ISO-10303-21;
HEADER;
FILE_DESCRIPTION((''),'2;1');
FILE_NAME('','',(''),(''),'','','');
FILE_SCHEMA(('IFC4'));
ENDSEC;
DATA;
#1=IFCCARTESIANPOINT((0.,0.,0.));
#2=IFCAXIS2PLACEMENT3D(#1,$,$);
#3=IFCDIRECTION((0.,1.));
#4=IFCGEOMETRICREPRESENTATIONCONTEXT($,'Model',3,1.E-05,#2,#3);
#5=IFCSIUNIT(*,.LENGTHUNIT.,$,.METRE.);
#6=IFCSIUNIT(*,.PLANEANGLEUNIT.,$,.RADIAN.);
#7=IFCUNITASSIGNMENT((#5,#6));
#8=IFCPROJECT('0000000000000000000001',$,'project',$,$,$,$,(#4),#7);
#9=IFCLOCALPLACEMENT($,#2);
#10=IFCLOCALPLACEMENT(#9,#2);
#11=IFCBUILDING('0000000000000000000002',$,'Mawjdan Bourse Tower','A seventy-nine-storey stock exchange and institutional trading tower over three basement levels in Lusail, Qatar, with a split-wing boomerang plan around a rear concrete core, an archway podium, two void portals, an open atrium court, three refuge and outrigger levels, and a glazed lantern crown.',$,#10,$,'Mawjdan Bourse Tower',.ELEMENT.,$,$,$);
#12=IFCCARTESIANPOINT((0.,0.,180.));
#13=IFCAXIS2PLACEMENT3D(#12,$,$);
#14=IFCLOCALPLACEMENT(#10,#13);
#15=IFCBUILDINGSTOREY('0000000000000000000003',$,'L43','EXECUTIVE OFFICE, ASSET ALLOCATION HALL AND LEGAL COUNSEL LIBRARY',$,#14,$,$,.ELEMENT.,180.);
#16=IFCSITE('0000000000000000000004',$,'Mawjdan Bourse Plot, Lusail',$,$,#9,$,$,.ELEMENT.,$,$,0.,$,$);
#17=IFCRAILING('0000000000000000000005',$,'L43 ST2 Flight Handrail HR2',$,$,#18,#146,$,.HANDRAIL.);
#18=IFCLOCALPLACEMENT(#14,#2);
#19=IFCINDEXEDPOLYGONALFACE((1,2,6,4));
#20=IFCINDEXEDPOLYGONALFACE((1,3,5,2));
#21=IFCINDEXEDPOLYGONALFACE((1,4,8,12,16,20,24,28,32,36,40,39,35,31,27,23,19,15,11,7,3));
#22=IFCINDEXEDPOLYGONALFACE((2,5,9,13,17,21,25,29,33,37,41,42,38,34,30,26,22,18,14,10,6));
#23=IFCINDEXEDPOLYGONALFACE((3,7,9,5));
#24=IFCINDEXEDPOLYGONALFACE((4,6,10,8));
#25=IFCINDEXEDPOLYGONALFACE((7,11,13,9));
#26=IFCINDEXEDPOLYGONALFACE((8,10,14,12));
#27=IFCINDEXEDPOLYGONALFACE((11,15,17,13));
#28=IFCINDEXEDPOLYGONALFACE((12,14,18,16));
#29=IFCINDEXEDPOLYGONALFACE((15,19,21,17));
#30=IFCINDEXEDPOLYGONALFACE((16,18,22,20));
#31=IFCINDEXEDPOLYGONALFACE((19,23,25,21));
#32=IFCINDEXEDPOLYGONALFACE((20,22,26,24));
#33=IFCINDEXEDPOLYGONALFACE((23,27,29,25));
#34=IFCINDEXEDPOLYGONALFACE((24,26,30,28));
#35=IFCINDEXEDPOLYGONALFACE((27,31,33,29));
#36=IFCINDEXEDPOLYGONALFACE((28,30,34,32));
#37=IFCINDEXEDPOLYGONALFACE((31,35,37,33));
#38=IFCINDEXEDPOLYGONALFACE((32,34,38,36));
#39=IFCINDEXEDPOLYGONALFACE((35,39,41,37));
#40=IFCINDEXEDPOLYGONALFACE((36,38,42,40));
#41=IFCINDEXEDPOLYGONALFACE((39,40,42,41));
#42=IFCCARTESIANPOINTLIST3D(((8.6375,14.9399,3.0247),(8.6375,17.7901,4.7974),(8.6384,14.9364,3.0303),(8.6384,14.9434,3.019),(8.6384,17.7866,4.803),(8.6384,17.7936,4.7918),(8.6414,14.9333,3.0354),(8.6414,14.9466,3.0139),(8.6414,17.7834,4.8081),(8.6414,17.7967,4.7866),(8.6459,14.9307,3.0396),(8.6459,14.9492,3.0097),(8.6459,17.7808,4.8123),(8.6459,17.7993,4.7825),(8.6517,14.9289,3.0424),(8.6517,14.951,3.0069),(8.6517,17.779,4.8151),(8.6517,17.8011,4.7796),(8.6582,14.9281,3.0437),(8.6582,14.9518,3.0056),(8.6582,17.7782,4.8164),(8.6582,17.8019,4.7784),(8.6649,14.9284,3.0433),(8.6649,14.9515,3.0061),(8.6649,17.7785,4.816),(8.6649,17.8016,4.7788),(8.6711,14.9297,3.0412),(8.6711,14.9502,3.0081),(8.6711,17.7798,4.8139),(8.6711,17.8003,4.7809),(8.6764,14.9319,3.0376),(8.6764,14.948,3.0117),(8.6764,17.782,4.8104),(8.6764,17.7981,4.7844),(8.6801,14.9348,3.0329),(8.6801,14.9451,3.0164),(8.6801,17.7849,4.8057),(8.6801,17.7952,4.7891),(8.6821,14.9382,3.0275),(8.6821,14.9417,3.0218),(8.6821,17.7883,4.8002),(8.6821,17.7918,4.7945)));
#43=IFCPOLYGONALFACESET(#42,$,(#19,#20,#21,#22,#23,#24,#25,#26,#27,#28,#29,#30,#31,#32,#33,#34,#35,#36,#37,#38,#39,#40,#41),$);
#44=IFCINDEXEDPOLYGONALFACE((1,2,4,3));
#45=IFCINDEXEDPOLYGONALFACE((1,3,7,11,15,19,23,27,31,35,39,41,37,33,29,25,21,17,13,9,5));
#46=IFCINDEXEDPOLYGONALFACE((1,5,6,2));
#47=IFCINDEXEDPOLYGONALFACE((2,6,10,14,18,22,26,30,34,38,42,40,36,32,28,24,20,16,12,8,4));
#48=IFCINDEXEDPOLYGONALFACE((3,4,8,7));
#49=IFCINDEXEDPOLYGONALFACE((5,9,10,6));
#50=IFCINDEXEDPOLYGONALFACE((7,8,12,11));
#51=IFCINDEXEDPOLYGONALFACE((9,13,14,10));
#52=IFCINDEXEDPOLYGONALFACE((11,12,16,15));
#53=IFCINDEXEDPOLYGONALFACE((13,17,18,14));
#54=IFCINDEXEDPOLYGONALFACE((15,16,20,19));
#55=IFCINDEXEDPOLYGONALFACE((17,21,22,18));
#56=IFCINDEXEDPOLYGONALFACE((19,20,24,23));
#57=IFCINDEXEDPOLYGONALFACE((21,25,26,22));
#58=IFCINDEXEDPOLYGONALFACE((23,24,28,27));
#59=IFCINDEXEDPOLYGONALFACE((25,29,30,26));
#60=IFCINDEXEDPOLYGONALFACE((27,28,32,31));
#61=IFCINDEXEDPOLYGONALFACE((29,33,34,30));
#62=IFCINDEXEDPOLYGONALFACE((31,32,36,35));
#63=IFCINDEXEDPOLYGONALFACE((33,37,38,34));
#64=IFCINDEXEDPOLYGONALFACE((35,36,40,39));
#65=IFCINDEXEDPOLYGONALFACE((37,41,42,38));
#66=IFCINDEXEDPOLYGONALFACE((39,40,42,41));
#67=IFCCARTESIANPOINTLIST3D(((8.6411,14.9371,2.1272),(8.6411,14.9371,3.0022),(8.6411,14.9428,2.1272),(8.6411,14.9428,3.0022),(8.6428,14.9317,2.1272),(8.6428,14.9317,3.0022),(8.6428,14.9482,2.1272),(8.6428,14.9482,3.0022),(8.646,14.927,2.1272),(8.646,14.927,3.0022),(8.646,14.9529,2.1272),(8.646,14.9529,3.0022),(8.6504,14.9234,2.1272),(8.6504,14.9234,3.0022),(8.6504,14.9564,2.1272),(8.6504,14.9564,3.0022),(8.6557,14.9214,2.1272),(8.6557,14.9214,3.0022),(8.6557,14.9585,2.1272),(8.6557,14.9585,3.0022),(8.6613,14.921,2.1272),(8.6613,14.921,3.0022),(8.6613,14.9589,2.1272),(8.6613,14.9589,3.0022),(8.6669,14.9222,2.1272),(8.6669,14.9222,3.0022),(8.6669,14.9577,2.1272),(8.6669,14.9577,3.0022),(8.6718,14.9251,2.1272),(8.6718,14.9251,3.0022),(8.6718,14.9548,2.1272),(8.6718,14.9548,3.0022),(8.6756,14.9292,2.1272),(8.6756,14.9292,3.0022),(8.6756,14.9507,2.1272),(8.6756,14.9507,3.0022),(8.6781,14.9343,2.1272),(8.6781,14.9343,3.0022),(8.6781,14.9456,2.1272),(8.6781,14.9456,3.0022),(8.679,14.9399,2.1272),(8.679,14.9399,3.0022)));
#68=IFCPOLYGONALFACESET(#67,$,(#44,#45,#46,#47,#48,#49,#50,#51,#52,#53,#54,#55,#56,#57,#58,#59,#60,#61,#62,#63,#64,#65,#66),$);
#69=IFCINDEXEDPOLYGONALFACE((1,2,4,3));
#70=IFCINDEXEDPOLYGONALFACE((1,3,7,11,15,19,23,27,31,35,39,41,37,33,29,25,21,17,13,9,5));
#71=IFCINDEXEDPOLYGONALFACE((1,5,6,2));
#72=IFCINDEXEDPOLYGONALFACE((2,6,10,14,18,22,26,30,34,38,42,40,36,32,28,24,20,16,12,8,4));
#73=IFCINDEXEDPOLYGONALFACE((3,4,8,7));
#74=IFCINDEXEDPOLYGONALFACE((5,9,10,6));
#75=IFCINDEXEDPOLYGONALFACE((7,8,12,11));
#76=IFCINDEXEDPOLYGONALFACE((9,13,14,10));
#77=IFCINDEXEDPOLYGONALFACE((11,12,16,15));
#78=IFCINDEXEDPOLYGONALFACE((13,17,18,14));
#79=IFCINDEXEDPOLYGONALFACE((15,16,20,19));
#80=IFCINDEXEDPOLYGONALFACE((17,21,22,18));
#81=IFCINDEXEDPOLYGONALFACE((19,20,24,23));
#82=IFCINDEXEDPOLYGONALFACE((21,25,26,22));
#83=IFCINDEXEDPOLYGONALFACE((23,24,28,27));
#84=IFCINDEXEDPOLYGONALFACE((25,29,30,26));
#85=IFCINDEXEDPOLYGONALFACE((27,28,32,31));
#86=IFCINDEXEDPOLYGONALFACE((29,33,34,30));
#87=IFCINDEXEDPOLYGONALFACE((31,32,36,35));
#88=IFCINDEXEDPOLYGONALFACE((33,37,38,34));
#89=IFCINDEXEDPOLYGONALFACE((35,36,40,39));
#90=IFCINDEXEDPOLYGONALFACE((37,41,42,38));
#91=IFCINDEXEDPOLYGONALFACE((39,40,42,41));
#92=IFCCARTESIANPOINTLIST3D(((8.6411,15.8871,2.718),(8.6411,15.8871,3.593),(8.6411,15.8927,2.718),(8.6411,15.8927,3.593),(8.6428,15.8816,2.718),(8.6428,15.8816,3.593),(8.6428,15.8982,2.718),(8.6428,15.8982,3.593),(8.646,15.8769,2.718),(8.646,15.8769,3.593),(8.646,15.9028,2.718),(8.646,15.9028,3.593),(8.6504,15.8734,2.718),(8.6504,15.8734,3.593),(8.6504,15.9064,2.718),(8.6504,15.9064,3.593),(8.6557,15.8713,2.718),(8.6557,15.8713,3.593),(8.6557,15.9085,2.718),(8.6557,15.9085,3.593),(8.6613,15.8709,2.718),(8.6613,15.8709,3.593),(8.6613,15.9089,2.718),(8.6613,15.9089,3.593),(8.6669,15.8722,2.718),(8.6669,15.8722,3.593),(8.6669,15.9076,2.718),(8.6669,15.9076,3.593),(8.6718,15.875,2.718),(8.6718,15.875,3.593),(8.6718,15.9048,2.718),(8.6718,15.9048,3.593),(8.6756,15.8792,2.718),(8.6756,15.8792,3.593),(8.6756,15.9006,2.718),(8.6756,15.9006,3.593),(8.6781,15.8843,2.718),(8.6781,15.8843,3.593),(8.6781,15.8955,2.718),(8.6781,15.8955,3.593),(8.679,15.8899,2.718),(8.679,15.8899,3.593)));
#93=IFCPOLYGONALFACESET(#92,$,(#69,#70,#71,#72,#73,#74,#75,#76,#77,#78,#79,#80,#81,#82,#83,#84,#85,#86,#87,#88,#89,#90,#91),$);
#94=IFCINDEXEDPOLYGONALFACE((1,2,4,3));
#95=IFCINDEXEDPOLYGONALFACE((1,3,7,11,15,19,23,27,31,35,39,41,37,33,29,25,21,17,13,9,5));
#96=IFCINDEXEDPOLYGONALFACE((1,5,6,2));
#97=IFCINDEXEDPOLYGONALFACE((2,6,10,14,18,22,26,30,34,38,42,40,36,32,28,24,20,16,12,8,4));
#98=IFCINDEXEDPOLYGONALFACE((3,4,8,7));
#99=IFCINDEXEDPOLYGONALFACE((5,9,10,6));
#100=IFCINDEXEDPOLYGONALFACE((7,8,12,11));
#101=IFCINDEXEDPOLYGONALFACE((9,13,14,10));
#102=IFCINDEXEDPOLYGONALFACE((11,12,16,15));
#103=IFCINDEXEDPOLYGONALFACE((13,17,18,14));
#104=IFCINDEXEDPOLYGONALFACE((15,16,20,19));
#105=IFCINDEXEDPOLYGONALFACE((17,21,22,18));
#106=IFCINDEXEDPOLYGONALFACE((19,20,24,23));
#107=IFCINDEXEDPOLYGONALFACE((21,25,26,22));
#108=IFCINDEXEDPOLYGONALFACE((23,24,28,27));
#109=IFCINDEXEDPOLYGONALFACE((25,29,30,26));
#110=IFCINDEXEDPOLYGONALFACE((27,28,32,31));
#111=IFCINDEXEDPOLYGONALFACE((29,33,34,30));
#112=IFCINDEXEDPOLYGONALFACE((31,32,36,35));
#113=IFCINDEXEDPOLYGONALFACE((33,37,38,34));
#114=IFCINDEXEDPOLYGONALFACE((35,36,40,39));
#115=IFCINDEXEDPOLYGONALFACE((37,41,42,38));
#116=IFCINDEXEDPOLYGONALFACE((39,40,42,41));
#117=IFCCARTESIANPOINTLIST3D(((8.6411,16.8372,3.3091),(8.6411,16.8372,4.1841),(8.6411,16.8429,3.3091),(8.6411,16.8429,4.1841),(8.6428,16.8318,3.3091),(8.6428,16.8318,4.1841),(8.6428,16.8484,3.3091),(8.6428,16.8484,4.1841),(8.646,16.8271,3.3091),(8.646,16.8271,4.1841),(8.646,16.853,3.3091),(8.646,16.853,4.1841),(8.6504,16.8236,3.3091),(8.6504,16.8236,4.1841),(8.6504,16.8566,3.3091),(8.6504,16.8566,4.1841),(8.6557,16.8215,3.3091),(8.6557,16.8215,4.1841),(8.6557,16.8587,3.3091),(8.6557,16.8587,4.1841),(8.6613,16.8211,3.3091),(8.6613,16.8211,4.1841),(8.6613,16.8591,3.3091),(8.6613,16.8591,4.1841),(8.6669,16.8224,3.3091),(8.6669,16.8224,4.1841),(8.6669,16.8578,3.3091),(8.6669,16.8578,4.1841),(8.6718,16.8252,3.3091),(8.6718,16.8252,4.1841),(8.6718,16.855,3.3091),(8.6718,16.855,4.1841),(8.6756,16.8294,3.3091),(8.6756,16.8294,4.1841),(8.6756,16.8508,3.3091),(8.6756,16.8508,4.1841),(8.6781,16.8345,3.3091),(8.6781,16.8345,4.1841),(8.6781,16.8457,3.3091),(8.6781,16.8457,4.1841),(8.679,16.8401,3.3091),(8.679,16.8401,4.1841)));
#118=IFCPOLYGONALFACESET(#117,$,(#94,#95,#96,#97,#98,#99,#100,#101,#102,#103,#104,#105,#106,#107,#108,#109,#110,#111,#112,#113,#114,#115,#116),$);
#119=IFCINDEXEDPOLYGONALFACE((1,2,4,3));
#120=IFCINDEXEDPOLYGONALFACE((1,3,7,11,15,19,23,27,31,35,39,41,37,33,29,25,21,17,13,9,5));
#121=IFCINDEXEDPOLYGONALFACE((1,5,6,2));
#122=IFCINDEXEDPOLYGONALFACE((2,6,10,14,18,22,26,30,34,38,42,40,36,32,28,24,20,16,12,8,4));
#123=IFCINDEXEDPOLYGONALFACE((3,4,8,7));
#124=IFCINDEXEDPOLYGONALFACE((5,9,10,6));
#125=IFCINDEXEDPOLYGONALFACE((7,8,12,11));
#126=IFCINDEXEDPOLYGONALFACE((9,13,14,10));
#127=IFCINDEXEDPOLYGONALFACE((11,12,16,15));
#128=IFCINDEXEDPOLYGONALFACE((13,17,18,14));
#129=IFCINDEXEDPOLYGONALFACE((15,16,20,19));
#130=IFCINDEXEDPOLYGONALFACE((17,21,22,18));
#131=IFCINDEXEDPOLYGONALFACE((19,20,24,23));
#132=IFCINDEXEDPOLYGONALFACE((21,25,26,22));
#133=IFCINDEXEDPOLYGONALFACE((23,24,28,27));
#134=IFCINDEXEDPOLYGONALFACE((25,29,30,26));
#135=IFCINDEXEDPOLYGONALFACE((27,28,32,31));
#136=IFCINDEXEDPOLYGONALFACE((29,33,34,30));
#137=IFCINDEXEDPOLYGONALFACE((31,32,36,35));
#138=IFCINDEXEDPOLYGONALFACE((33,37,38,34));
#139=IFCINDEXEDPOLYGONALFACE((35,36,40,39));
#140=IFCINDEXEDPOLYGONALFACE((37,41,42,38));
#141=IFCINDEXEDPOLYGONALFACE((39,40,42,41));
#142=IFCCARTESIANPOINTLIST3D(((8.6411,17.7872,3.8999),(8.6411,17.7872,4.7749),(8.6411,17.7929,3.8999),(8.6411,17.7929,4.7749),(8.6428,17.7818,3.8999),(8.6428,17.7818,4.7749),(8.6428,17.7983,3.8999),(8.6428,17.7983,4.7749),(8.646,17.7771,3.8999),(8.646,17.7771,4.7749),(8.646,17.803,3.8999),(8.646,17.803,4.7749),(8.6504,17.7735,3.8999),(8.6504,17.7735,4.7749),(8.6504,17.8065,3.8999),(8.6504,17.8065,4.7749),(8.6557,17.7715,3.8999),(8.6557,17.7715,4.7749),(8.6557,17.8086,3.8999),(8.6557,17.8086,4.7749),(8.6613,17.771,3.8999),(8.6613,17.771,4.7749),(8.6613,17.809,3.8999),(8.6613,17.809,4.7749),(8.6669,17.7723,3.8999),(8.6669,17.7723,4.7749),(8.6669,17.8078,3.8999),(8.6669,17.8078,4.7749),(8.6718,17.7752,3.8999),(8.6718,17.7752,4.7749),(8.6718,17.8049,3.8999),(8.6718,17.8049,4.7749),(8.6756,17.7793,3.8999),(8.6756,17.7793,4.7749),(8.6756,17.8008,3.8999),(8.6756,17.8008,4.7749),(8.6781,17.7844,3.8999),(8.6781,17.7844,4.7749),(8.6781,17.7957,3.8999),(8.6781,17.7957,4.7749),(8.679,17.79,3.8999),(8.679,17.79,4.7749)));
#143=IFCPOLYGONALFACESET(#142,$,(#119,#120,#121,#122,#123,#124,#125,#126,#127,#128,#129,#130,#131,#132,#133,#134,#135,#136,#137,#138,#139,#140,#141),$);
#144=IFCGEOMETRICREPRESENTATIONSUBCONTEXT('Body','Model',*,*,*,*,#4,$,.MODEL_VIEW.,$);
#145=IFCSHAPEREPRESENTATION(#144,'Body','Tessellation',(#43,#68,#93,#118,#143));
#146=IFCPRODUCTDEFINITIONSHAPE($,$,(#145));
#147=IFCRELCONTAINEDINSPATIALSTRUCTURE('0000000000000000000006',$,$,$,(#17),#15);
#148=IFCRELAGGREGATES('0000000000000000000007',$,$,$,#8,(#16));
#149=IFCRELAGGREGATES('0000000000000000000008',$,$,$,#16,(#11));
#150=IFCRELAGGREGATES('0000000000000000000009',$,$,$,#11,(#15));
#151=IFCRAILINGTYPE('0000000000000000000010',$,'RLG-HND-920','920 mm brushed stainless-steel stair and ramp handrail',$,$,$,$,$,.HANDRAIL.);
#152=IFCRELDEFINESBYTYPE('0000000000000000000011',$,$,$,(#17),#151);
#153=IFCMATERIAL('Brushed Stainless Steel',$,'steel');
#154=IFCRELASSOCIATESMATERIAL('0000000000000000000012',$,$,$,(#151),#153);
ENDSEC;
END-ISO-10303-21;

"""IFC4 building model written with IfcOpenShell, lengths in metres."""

from ifc_helpers import new_model, si_unit, direction, frame, origin, origin_2d, place, context, subcontext, project, spatial, circle, extrude, material, type_object, element, save


model = new_model("IFC4")

# Units and contexts
model_context = context("Model", 3, precision=1e-05, world=origin(), true_north=direction((0.0, 1.0)))
body_context = subcontext(model_context, "Body", "Model", "MODEL_VIEW")
ifc_project = project(units=[si_unit("LENGTHUNIT", "METRE"), si_unit("PLANEANGLEUNIT", "RADIAN")], contexts=[model_context])

# Site, building, storey
site_placement = place(None, origin())
site = spatial("IfcSite", under=ifc_project, at=site_placement, Name="Mawjdan Bourse Plot, Lusail", CompositionType="ELEMENT", RefElevation=0.0)
building_placement = place(site_placement, origin())
building = spatial("IfcBuilding", under=site, at=building_placement, Name="Mawjdan Bourse Tower", Description="A seventy-nine-storey stock exchange and institutional trading tower over three basement levels in Lusail, Qatar, with a split-wing boomerang plan around a rear concrete core, an archway podium, two void portals, an open atrium court, three refuge and outrigger levels, and a glazed lantern crown.", LongName="Mawjdan Bourse Tower", CompositionType="ELEMENT")
storey_placement = place(building_placement, frame((0.0, 0.0, 180.0)))
storey = spatial("IfcBuildingStorey", under=building, at=storey_placement, Name="L43", Description="EXECUTIVE OFFICE, ASSET ALLOCATION HALL AND LEGAL COUNSEL LIBRARY", CompositionType="ELEMENT", Elevation=180.0)

# Shared definitions
ifc_material_1 = material(Name="Brushed Stainless Steel", Category="steel")

# Railing
railing_type_1 = type_object("IfcRailingType", Name="RLG-HND-920", Description="920 mm brushed stainless-steel stair and ramp handrail", PredefinedType="HANDRAIL", material=ifc_material_1)
railing_placement = place(storey_placement, frame((8.6599, 14.9399, 2.1272)))
element("IfcRailing", 1, at=railing_placement, inside=storey, type_object=railing_type_1, Name="L43 ST2 Flight Handrail HR2", PredefinedType="HANDRAIL", context=body_context, shape_type="SweptSolid", body=[
    extrude(circle(Radius=0.0225, at=origin_2d()), frame((0.0, 0.0, 0.8975), z_axis=(0.0, 0.849149, 0.528154), x_axis=(-1.0, 0.0, 0.0)), (0.0, 0.0, 1.0), 3.3564),
    extrude(circle(Radius=0.019, at=origin_2d()), origin(), (0.0, 0.0, 1.0), 0.875),
    extrude(circle(Radius=0.019, at=origin_2d()), frame((0.0, 0.95, 0.5908)), (0.0, 0.0, 1.0), 0.875),
    extrude(circle(Radius=0.019, at=origin_2d()), frame((0.0, 1.9001, 1.1819)), (0.0, 0.0, 1.0), 0.875),
    extrude(circle(Radius=0.019, at=origin_2d()), frame((0.0, 2.8501, 1.7727)), (0.0, 0.0, 1.0), 0.875),
])

save(model, "model.ifc")
